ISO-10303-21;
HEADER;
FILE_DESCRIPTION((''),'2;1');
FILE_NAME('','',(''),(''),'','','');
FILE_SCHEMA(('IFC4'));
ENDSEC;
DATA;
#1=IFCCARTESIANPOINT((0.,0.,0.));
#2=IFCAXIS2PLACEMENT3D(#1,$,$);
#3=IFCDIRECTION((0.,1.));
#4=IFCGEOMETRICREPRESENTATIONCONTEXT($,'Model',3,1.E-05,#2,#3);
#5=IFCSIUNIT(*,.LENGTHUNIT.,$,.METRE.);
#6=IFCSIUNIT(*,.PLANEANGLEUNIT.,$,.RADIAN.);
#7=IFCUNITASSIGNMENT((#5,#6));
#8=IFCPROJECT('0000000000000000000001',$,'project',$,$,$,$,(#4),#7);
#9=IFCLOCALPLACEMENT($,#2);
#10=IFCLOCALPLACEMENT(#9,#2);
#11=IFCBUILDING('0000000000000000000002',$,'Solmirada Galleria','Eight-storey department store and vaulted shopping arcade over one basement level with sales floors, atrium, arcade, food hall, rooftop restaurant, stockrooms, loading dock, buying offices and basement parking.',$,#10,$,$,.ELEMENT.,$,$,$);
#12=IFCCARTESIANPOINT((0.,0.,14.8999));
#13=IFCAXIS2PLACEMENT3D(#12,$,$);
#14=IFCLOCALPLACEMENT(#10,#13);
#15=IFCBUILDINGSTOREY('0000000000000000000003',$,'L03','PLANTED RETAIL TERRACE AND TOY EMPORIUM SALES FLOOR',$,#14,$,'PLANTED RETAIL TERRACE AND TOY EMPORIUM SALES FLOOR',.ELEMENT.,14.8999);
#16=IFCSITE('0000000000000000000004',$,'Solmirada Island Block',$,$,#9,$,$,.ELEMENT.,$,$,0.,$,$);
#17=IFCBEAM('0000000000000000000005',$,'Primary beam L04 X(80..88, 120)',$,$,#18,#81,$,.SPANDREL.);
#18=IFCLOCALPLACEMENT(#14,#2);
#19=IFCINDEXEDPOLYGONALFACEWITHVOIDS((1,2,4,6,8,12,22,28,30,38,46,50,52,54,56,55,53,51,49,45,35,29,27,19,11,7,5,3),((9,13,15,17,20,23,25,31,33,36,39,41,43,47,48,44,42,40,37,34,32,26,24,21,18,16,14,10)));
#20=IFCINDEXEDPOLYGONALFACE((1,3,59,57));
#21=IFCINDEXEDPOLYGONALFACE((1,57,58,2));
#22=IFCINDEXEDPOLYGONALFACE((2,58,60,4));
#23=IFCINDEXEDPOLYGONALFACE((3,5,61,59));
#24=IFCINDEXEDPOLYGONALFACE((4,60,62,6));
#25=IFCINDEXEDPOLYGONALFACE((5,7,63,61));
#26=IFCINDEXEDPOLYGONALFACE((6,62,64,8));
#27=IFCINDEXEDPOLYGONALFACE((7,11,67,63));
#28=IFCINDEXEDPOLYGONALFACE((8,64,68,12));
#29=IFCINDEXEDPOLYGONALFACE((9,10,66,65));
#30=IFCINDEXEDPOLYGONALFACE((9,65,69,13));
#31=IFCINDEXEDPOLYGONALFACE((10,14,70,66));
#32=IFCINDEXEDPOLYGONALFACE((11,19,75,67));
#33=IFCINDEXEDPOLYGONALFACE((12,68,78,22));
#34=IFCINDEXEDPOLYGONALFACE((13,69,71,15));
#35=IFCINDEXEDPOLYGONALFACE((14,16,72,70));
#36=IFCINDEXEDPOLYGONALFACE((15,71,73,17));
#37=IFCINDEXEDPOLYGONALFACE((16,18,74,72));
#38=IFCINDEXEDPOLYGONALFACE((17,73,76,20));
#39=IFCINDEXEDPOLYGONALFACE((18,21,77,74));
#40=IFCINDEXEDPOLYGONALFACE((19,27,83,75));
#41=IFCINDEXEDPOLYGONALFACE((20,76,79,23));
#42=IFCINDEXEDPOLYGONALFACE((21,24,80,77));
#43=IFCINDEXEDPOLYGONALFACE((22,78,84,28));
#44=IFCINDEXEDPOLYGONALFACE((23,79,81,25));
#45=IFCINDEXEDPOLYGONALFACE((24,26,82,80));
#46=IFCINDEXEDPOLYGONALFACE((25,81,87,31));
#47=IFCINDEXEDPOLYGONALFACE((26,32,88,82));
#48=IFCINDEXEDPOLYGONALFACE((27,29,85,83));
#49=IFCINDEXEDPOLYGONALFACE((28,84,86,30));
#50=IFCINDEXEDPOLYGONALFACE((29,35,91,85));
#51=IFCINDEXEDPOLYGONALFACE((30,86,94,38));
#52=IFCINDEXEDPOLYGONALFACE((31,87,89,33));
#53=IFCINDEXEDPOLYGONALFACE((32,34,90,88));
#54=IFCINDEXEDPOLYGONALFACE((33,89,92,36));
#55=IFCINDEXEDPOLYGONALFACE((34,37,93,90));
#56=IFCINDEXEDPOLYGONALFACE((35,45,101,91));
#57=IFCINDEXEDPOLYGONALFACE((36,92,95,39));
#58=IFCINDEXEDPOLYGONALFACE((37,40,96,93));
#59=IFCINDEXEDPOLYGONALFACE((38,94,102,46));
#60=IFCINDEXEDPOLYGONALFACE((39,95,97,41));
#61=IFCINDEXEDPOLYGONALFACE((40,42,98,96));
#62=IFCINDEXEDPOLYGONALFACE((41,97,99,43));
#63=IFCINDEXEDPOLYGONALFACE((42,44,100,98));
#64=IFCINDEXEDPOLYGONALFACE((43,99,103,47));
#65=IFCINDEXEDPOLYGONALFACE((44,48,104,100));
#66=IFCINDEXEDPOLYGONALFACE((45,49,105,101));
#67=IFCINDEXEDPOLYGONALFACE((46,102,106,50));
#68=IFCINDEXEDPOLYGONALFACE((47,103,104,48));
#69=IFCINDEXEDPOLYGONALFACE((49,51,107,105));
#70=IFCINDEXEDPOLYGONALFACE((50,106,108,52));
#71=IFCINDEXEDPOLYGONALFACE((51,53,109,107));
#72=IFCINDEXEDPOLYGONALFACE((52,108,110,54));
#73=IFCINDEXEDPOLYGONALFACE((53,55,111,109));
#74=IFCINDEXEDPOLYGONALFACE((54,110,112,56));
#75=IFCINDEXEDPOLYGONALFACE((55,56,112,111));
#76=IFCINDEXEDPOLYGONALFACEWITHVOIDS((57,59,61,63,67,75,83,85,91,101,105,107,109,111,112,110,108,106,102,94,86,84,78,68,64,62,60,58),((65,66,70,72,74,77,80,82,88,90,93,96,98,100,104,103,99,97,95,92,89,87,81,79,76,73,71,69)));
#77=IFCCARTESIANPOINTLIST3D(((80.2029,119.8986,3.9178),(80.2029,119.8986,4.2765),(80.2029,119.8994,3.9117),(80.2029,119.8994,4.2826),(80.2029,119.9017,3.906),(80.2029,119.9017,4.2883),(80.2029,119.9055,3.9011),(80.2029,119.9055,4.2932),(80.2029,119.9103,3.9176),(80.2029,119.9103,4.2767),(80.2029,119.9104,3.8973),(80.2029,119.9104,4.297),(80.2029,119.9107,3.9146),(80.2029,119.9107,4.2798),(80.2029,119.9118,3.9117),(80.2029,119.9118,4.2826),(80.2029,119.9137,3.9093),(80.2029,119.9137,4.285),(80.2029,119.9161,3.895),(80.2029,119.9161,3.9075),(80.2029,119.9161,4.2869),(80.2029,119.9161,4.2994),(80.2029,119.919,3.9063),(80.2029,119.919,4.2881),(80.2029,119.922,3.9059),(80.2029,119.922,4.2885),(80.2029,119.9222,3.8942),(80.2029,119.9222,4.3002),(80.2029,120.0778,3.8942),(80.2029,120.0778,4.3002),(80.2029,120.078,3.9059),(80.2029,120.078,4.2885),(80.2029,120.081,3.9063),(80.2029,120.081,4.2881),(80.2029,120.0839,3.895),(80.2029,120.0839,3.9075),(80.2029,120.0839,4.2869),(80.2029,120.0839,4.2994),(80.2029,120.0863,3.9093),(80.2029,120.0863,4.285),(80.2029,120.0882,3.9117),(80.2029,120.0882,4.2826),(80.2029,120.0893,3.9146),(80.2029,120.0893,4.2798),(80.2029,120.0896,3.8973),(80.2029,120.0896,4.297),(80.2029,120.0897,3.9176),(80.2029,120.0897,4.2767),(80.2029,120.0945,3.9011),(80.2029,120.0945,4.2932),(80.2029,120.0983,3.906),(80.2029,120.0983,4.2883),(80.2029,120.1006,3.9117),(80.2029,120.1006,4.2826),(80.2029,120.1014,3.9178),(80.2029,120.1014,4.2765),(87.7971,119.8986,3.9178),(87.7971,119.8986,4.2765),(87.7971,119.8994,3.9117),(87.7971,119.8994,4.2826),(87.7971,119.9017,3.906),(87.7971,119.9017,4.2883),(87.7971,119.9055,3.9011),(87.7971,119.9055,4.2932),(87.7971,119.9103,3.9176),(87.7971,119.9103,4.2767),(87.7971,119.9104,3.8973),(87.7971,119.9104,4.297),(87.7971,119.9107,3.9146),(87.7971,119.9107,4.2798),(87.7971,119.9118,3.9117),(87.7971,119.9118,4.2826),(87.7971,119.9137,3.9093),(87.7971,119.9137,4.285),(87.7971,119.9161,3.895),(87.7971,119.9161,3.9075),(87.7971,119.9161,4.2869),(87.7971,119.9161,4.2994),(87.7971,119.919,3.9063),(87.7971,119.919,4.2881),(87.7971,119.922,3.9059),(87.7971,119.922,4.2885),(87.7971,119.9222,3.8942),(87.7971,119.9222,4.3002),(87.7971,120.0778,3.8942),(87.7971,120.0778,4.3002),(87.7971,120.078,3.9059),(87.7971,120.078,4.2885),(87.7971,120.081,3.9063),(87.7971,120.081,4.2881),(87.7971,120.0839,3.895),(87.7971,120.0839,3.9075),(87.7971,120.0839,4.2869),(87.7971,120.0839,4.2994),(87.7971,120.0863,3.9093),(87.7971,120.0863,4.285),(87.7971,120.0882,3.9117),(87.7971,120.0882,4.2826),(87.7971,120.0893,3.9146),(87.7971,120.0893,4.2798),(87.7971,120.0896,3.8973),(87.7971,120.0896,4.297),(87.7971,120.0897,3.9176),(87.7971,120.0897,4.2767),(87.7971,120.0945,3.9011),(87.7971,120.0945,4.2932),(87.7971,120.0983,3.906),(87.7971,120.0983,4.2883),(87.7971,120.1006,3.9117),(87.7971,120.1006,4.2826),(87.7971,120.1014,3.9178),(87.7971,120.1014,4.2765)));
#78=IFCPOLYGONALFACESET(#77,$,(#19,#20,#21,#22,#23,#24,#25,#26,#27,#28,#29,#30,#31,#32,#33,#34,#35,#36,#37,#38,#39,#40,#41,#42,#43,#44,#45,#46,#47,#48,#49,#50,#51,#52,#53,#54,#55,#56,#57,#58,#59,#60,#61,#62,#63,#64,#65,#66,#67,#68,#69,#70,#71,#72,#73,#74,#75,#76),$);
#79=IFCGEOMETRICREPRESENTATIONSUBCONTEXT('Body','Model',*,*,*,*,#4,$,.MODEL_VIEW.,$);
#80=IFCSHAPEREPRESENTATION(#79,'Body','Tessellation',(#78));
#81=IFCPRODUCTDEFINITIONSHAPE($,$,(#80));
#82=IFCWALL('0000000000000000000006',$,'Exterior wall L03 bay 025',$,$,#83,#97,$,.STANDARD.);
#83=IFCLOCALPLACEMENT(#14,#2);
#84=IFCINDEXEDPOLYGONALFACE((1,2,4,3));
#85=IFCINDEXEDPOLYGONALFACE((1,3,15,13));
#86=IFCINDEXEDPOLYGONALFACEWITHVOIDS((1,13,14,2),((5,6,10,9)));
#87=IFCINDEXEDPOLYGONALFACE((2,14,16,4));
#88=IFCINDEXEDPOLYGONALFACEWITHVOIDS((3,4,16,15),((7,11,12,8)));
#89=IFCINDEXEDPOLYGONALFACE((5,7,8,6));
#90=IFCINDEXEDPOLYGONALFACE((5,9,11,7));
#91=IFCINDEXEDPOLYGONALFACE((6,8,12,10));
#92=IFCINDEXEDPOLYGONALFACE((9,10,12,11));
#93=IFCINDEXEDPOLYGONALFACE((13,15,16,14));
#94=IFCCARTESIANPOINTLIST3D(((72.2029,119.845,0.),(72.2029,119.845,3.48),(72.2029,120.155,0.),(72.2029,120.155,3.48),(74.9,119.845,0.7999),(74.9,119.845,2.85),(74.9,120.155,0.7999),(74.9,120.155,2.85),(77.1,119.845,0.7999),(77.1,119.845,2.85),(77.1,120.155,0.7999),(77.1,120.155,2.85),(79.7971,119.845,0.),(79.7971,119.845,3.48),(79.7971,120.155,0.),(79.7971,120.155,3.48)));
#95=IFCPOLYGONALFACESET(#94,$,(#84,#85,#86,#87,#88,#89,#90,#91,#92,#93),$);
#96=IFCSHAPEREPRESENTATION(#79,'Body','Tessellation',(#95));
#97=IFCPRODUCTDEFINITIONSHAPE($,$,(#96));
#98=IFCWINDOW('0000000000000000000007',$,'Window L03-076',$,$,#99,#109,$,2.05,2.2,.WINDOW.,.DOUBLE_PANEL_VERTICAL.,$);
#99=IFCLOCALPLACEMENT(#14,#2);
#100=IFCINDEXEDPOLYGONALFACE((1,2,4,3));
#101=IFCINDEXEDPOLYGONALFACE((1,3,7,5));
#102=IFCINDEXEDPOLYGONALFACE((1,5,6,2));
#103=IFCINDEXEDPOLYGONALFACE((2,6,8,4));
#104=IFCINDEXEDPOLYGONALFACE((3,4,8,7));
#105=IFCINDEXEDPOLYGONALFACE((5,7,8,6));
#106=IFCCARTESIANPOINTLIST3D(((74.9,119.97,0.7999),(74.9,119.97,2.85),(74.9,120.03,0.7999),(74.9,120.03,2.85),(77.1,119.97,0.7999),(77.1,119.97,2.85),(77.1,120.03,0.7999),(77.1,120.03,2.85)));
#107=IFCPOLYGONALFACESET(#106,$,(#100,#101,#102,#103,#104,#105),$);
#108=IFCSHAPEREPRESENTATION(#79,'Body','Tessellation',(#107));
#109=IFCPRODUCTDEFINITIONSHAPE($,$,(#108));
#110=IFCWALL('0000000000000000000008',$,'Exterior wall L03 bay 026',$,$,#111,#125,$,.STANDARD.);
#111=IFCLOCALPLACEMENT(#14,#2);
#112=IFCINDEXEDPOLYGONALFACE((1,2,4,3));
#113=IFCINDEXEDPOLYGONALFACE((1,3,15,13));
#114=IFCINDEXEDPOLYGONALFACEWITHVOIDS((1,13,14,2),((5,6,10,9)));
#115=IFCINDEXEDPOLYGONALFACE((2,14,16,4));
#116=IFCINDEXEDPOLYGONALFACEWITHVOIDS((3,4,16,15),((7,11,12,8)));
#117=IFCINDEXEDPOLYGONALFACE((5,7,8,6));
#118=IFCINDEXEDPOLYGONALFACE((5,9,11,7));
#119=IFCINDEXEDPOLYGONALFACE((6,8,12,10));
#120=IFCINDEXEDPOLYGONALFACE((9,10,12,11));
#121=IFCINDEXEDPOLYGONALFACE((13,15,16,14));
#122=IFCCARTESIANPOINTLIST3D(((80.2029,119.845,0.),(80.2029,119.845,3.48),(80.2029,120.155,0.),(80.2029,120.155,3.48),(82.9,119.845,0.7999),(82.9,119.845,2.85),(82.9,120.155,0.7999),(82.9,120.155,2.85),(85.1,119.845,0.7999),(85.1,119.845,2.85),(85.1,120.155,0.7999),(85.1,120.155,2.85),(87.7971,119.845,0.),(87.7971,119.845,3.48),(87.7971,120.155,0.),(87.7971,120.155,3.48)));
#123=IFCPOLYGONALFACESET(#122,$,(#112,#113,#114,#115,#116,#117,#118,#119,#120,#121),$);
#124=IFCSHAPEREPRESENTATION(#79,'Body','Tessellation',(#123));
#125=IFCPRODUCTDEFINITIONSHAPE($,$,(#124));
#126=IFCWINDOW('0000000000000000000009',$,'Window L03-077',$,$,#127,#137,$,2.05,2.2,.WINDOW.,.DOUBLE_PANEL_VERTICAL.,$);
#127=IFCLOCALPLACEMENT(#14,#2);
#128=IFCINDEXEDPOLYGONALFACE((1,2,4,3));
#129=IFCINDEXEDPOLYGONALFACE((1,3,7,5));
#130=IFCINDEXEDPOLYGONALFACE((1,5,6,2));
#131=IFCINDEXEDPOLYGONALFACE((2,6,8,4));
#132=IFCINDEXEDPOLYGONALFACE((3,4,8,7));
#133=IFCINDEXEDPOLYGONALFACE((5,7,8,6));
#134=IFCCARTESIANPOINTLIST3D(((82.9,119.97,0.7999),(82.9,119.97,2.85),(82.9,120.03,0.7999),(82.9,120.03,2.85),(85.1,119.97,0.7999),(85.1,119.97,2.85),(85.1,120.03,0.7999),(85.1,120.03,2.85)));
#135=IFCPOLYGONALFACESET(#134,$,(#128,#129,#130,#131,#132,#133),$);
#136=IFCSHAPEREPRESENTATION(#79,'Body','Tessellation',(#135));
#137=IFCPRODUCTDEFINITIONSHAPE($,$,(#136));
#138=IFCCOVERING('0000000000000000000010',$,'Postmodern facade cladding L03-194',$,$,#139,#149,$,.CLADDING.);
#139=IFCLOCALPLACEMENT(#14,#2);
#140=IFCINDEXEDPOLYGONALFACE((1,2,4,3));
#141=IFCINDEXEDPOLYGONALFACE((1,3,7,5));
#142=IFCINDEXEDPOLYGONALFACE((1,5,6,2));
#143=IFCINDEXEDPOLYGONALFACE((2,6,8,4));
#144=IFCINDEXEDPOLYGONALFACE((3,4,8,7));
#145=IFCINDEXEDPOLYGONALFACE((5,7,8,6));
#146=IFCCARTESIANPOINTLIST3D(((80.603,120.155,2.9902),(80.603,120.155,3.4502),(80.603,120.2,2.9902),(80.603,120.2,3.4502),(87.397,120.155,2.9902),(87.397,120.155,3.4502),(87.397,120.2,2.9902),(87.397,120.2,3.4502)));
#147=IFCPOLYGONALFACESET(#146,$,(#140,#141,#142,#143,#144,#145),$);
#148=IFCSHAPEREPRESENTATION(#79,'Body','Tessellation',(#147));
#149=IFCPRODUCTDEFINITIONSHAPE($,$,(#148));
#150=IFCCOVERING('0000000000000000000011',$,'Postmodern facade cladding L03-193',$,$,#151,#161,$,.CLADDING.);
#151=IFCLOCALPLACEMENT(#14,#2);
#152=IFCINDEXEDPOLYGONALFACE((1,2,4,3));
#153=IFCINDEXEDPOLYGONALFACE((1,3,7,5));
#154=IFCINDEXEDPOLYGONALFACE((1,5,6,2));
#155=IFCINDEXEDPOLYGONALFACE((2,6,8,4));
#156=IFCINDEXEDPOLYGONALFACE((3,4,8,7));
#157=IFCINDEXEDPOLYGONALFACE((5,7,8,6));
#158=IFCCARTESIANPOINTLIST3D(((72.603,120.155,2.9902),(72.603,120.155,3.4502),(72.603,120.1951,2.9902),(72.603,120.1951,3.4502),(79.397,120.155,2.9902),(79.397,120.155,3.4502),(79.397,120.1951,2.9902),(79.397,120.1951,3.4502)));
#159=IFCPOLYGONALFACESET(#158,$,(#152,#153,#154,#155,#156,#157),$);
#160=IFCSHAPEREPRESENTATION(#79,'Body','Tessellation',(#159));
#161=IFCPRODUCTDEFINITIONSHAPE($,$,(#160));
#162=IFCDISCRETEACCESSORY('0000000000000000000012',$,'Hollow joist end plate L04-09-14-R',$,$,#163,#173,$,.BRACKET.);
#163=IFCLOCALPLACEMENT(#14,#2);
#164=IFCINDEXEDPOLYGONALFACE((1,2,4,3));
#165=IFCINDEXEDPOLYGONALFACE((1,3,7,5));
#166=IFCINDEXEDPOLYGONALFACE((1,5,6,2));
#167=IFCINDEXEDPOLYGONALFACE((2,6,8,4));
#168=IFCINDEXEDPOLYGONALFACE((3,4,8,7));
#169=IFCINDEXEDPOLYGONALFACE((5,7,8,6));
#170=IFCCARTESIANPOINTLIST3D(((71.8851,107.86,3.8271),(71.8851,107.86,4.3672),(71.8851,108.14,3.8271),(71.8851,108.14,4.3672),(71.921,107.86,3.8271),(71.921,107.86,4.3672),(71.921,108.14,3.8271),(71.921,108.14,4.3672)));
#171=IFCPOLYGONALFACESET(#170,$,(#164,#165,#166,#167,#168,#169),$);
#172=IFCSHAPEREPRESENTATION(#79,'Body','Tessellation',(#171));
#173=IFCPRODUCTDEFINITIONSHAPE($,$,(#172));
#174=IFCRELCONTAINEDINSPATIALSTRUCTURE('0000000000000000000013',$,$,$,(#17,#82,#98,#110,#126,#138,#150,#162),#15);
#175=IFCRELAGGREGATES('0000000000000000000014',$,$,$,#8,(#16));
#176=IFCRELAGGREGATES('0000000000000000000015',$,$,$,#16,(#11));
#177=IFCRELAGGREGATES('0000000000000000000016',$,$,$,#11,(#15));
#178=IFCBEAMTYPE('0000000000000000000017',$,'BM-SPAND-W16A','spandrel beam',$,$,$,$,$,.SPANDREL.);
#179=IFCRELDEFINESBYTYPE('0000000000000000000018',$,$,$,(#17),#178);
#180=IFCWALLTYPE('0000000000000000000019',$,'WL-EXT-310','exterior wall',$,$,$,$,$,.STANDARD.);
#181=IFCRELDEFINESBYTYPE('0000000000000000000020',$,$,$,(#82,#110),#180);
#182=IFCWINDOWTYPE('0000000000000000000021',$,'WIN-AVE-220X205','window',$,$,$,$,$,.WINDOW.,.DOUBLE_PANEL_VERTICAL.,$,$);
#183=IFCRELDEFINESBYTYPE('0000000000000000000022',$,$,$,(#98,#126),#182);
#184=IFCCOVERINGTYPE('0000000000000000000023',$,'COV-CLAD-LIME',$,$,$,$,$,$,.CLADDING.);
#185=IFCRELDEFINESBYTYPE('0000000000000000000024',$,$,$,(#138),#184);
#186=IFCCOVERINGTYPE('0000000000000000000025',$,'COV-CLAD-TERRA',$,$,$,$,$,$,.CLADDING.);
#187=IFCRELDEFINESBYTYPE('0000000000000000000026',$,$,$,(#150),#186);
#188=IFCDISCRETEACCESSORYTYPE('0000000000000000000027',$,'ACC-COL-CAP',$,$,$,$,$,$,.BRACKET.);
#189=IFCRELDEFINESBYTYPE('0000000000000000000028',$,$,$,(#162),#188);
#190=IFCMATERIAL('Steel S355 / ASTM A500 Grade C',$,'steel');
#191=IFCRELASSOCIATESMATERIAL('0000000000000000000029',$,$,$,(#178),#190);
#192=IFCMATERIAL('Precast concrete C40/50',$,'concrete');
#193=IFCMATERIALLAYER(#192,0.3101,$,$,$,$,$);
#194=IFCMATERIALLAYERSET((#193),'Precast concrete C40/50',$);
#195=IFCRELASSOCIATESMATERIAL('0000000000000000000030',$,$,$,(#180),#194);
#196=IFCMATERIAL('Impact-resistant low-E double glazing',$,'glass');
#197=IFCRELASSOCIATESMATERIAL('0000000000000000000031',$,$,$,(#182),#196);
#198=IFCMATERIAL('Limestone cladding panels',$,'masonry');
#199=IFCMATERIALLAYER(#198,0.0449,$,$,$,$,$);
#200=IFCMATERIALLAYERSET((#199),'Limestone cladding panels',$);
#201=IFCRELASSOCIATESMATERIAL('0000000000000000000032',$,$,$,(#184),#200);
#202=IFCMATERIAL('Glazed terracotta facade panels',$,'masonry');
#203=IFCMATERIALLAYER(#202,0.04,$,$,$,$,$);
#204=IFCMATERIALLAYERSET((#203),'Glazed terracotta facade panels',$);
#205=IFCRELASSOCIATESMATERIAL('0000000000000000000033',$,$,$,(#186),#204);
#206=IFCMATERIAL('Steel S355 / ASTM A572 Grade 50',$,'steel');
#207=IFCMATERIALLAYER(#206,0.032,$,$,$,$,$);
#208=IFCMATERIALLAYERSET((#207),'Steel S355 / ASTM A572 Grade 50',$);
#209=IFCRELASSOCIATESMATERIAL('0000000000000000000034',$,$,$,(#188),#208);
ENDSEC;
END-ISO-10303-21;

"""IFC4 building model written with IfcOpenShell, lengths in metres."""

from ifc_helpers import new_model, si_unit, direction, frame, frame_2d, origin, origin_2d, place, context, subcontext, project, spatial, rectangle, hollow_rectangle, extrude, material, layer, layer_set, material_profile, profile_set, type_object, element, fill, save


model = new_model("IFC4")

# Units and contexts
model_context = context("Model", 3, precision=1e-05, world=origin(), true_north=direction((0.0, 1.0)))
body_context = subcontext(model_context, "Body", "Model", "MODEL_VIEW")
ifc_project = project(units=[si_unit("LENGTHUNIT", "METRE"), si_unit("PLANEANGLEUNIT", "RADIAN")], contexts=[model_context])

# Site, building, storey
site_placement = place(None, origin())
site = spatial("IfcSite", under=ifc_project, at=site_placement, Name="Solmirada Island Block", CompositionType="ELEMENT", RefElevation=0.0)
building_placement = place(site_placement, origin())
building = spatial("IfcBuilding", under=site, at=building_placement, Name="Solmirada Galleria", Description="Eight-storey department store and vaulted shopping arcade over one basement level with sales floors, atrium, arcade, food hall, rooftop restaurant, stockrooms, loading dock, buying offices and basement parking.", CompositionType="ELEMENT")
storey_placement = place(building_placement, frame((0.0, 0.0, 14.8999)))
storey = spatial("IfcBuildingStorey", under=building, at=storey_placement, Name="L03", Description="PLANTED RETAIL TERRACE AND TOY EMPORIUM SALES FLOOR", LongName="PLANTED RETAIL TERRACE AND TOY EMPORIUM SALES FLOOR", CompositionType="ELEMENT", Elevation=14.8999)

# Shared definitions
ifc_material_1 = material(Name="Steel S355 / ASTM A500 Grade C", Category="steel")

# Beam
ifc_material_profile_1 = material_profile(ifc_material_1, hollow_rectangle(XDim=0.2029, YDim=0.406, WallThickness=0.0117, InnerFilletRadius=0.0117, OuterFilletRadius=0.0237, at=origin_2d()), Name="HSS16X8X1/2")
ifc_profile_set_1 = profile_set([ifc_material_profile_1], Name="Steel S355 / ASTM A500 Grade C")
beam_type_1 = type_object("IfcBeamType", Name="BM-SPAND-W16A", Description="spandrel beam", PredefinedType="SPANDREL", material=ifc_profile_set_1)
for number, where, z_axis, x_axis, name in (
    (1, (80.2029, 120.0, 4.0972), (1.0, 0.0, 0.0), (0.0, 1.0, 0.0), "Primary beam L04 X(80..88, 120)"),
):
    element("IfcBeam", number, at=place(storey_placement, frame(where, z_axis=z_axis, x_axis=x_axis)), inside=storey, type_object=beam_type_1, Name=name, PredefinedType="SPANDREL", context=body_context, shape_type="SweptSolid", body=[
        extrude(hollow_rectangle(XDim=0.2029, YDim=0.406, WallThickness=0.0117, InnerFilletRadius=0.0117, OuterFilletRadius=0.0237, at=origin_2d()), origin(), (0.0, 0.0, 1.0), 7.5942),
    ])

# Walls, openings, windows
ifc_material_2 = material(Name="Precast concrete C40/50", Category="concrete")
ifc_layer_1 = layer(ifc_material_2, 0.3101)
ifc_layer_set_1 = layer_set([ifc_layer_1], Name="Precast concrete C40/50")
wall_type = type_object("IfcWallType", Name="WL-EXT-310", Description="exterior wall", PredefinedType="STANDARD", material=ifc_layer_set_1)
wall_1_placement = place(storey_placement, frame((72.2029, 120.0, 0.0), z_axis=(0.0, 0.0, 1.0), x_axis=(1.0, 0.0, 0.0)))
wall_1 = element("IfcWall", 2, at=wall_1_placement, inside=storey, type_object=wall_type, Name="Exterior wall L03 bay 025", PredefinedType="STANDARD", context=body_context, shape_type="SweptSolid", body=[
    extrude(rectangle(XDim=7.5942, YDim=0.3101, at=frame_2d((3.7971, 0.0))), origin(), (0.0, 0.0, 1.0), 3.48),
])
opening_1_placement = place(wall_1_placement, frame((2.697, 0.0, 0.8)))
opening_1 = element("IfcOpeningElement", 3, at=opening_1_placement, cuts=wall_1, PredefinedType="OPENING", context=body_context, shape_type="SweptSolid", body=[
    extrude(rectangle(XDim=2.2, YDim=2.05, at=frame_2d((1.1001, 1.0249))), frame((0.0, 0.165, 0.0), z_axis=(0.0, -1.0, 0.0), x_axis=(1.0, 0.0, 0.0)), (0.0, 0.0, 1.0), 0.3301),
])
ifc_material_3 = material(Name="Impact-resistant low-E double glazing", Category="glass")
window_type = type_object("IfcWindowType", Name="WIN-AVE-220X205", Description="window", PartitioningType="DOUBLE_PANEL_VERTICAL", PredefinedType="WINDOW", material=ifc_material_3)
window_1_placement = place(opening_1_placement, origin())
window_1 = element("IfcWindow", 4, at=window_1_placement, inside=storey, type_object=window_type, Name="Window L03-076", OverallHeight=2.05, OverallWidth=2.2, PartitioningType="DOUBLE_PANEL_VERTICAL", PredefinedType="WINDOW", context=body_context, shape_type="SweptSolid", body=[
    extrude(rectangle(XDim=2.2, YDim=2.05, at=frame_2d((1.1001, 1.0249))), frame((0.0, 0.03, 0.0), z_axis=(0.0, -1.0, 0.0), x_axis=(1.0, 0.0, 0.0)), (0.0, 0.0, 1.0), 0.0601),
])
fill(opening_1, window_1)
wall_2_placement = place(storey_placement, frame((80.2029, 120.0, 0.0), z_axis=(0.0, 0.0, 1.0), x_axis=(1.0, 0.0, 0.0)))
wall_2 = element("IfcWall", 5, at=wall_2_placement, inside=storey, type_object=wall_type, Name="Exterior wall L03 bay 026", PredefinedType="STANDARD", context=body_context, shape_type="SweptSolid", body=[
    extrude(rectangle(XDim=7.5942, YDim=0.3101, at=frame_2d((3.7971, 0.0))), origin(), (0.0, 0.0, 1.0), 3.48),
])
opening_2_placement = place(wall_2_placement, frame((2.697, 0.0, 0.8)))
opening_2 = element("IfcOpeningElement", 6, at=opening_2_placement, cuts=wall_2, PredefinedType="OPENING", context=body_context, shape_type="SweptSolid", body=[
    extrude(rectangle(XDim=2.2, YDim=2.05, at=frame_2d((1.1001, 1.0249))), frame((0.0, 0.165, 0.0), z_axis=(0.0, -1.0, 0.0), x_axis=(1.0, 0.0, 0.0)), (0.0, 0.0, 1.0), 0.3301),
])
window_2_placement = place(opening_2_placement, origin())
window_2 = element("IfcWindow", 7, at=window_2_placement, inside=storey, type_object=window_type, Name="Window L03-077", OverallHeight=2.05, OverallWidth=2.2, PartitioningType="DOUBLE_PANEL_VERTICAL", PredefinedType="WINDOW", context=body_context, shape_type="SweptSolid", body=[
    extrude(rectangle(XDim=2.2, YDim=2.05, at=frame_2d((1.1001, 1.0249))), frame((0.0, 0.03, 0.0), z_axis=(0.0, -1.0, 0.0), x_axis=(1.0, 0.0, 0.0)), (0.0, 0.0, 1.0), 0.0601),
])
fill(opening_2, window_2)

# Coverings
ifc_material_4 = material(Name="Limestone cladding panels", Category="masonry")
ifc_layer_2 = layer(ifc_material_4, 0.0449)
ifc_layer_set_2 = layer_set([ifc_layer_2], Name="Limestone cladding panels")
covering_type_1 = type_object("IfcCoveringType", Name="COV-CLAD-LIME", PredefinedType="CLADDING", material=ifc_layer_set_2)
covering_1_placement = place(storey_placement, frame((84.0, 120.1775, 2.9902), z_axis=(0.0, 0.0, 1.0), x_axis=(1.0, 0.0, 0.0)))
element("IfcCovering", 8, at=covering_1_placement, inside=storey, type_object=covering_type_1, Name="Postmodern facade cladding L03-194", PredefinedType="CLADDING", context=body_context, shape_type="SweptSolid", body=[
    extrude(rectangle(XDim=6.7939, YDim=0.0449, at=origin_2d()), origin(), (0.0, 0.0, 1.0), 0.46),
])
ifc_material_5 = material(Name="Glazed terracotta facade panels", Category="masonry")
ifc_layer_3 = layer(ifc_material_5, 0.04)
ifc_layer_set_3 = layer_set([ifc_layer_3], Name="Glazed terracotta facade panels")
covering_type_2 = type_object("IfcCoveringType", Name="COV-CLAD-TERRA", PredefinedType="CLADDING", material=ifc_layer_set_3)
covering_2_placement = place(storey_placement, frame((76.0, 120.175, 2.9902), z_axis=(0.0, 0.0, 1.0), x_axis=(1.0, 0.0, 0.0)))
element("IfcCovering", 9, at=covering_2_placement, inside=storey, type_object=covering_type_2, Name="Postmodern facade cladding L03-193", PredefinedType="CLADDING", context=body_context, shape_type="SweptSolid", body=[
    extrude(rectangle(XDim=6.7939, YDim=0.04, at=origin_2d()), origin(), (0.0, 0.0, 1.0), 0.46),
])

# Discrete accessory
ifc_material_6 = material(Name="Steel S355 / ASTM A572 Grade 50", Category="steel")
ifc_layer_4 = layer(ifc_material_6, 0.032)
ifc_layer_set_4 = layer_set([ifc_layer_4], Name="Steel S355 / ASTM A572 Grade 50")
discrete_accessory_type = type_object("IfcDiscreteAccessoryType", Name="ACC-COL-CAP", PredefinedType="BRACKET", material=ifc_layer_set_4)
for number, where, z_axis, x_axis, name in (
    (10, (71.9031, 108.0, 3.8271), (0.0, 0.0, 1.0), (1.0, 0.0, 0.0), "Hollow joist end plate L04-09-14-R"),
):
    element("IfcDiscreteAccessory", number, at=place(storey_placement, frame(where, z_axis=z_axis, x_axis=x_axis)), inside=storey, type_object=discrete_accessory_type, Name=name, PredefinedType="BRACKET", context=body_context, shape_type="SweptSolid", body=[
        extrude(rectangle(XDim=0.0359, YDim=0.28, at=origin_2d()), origin(), (0.0, 0.0, 1.0), 0.54),
    ])

save(model, "model.ifc")
